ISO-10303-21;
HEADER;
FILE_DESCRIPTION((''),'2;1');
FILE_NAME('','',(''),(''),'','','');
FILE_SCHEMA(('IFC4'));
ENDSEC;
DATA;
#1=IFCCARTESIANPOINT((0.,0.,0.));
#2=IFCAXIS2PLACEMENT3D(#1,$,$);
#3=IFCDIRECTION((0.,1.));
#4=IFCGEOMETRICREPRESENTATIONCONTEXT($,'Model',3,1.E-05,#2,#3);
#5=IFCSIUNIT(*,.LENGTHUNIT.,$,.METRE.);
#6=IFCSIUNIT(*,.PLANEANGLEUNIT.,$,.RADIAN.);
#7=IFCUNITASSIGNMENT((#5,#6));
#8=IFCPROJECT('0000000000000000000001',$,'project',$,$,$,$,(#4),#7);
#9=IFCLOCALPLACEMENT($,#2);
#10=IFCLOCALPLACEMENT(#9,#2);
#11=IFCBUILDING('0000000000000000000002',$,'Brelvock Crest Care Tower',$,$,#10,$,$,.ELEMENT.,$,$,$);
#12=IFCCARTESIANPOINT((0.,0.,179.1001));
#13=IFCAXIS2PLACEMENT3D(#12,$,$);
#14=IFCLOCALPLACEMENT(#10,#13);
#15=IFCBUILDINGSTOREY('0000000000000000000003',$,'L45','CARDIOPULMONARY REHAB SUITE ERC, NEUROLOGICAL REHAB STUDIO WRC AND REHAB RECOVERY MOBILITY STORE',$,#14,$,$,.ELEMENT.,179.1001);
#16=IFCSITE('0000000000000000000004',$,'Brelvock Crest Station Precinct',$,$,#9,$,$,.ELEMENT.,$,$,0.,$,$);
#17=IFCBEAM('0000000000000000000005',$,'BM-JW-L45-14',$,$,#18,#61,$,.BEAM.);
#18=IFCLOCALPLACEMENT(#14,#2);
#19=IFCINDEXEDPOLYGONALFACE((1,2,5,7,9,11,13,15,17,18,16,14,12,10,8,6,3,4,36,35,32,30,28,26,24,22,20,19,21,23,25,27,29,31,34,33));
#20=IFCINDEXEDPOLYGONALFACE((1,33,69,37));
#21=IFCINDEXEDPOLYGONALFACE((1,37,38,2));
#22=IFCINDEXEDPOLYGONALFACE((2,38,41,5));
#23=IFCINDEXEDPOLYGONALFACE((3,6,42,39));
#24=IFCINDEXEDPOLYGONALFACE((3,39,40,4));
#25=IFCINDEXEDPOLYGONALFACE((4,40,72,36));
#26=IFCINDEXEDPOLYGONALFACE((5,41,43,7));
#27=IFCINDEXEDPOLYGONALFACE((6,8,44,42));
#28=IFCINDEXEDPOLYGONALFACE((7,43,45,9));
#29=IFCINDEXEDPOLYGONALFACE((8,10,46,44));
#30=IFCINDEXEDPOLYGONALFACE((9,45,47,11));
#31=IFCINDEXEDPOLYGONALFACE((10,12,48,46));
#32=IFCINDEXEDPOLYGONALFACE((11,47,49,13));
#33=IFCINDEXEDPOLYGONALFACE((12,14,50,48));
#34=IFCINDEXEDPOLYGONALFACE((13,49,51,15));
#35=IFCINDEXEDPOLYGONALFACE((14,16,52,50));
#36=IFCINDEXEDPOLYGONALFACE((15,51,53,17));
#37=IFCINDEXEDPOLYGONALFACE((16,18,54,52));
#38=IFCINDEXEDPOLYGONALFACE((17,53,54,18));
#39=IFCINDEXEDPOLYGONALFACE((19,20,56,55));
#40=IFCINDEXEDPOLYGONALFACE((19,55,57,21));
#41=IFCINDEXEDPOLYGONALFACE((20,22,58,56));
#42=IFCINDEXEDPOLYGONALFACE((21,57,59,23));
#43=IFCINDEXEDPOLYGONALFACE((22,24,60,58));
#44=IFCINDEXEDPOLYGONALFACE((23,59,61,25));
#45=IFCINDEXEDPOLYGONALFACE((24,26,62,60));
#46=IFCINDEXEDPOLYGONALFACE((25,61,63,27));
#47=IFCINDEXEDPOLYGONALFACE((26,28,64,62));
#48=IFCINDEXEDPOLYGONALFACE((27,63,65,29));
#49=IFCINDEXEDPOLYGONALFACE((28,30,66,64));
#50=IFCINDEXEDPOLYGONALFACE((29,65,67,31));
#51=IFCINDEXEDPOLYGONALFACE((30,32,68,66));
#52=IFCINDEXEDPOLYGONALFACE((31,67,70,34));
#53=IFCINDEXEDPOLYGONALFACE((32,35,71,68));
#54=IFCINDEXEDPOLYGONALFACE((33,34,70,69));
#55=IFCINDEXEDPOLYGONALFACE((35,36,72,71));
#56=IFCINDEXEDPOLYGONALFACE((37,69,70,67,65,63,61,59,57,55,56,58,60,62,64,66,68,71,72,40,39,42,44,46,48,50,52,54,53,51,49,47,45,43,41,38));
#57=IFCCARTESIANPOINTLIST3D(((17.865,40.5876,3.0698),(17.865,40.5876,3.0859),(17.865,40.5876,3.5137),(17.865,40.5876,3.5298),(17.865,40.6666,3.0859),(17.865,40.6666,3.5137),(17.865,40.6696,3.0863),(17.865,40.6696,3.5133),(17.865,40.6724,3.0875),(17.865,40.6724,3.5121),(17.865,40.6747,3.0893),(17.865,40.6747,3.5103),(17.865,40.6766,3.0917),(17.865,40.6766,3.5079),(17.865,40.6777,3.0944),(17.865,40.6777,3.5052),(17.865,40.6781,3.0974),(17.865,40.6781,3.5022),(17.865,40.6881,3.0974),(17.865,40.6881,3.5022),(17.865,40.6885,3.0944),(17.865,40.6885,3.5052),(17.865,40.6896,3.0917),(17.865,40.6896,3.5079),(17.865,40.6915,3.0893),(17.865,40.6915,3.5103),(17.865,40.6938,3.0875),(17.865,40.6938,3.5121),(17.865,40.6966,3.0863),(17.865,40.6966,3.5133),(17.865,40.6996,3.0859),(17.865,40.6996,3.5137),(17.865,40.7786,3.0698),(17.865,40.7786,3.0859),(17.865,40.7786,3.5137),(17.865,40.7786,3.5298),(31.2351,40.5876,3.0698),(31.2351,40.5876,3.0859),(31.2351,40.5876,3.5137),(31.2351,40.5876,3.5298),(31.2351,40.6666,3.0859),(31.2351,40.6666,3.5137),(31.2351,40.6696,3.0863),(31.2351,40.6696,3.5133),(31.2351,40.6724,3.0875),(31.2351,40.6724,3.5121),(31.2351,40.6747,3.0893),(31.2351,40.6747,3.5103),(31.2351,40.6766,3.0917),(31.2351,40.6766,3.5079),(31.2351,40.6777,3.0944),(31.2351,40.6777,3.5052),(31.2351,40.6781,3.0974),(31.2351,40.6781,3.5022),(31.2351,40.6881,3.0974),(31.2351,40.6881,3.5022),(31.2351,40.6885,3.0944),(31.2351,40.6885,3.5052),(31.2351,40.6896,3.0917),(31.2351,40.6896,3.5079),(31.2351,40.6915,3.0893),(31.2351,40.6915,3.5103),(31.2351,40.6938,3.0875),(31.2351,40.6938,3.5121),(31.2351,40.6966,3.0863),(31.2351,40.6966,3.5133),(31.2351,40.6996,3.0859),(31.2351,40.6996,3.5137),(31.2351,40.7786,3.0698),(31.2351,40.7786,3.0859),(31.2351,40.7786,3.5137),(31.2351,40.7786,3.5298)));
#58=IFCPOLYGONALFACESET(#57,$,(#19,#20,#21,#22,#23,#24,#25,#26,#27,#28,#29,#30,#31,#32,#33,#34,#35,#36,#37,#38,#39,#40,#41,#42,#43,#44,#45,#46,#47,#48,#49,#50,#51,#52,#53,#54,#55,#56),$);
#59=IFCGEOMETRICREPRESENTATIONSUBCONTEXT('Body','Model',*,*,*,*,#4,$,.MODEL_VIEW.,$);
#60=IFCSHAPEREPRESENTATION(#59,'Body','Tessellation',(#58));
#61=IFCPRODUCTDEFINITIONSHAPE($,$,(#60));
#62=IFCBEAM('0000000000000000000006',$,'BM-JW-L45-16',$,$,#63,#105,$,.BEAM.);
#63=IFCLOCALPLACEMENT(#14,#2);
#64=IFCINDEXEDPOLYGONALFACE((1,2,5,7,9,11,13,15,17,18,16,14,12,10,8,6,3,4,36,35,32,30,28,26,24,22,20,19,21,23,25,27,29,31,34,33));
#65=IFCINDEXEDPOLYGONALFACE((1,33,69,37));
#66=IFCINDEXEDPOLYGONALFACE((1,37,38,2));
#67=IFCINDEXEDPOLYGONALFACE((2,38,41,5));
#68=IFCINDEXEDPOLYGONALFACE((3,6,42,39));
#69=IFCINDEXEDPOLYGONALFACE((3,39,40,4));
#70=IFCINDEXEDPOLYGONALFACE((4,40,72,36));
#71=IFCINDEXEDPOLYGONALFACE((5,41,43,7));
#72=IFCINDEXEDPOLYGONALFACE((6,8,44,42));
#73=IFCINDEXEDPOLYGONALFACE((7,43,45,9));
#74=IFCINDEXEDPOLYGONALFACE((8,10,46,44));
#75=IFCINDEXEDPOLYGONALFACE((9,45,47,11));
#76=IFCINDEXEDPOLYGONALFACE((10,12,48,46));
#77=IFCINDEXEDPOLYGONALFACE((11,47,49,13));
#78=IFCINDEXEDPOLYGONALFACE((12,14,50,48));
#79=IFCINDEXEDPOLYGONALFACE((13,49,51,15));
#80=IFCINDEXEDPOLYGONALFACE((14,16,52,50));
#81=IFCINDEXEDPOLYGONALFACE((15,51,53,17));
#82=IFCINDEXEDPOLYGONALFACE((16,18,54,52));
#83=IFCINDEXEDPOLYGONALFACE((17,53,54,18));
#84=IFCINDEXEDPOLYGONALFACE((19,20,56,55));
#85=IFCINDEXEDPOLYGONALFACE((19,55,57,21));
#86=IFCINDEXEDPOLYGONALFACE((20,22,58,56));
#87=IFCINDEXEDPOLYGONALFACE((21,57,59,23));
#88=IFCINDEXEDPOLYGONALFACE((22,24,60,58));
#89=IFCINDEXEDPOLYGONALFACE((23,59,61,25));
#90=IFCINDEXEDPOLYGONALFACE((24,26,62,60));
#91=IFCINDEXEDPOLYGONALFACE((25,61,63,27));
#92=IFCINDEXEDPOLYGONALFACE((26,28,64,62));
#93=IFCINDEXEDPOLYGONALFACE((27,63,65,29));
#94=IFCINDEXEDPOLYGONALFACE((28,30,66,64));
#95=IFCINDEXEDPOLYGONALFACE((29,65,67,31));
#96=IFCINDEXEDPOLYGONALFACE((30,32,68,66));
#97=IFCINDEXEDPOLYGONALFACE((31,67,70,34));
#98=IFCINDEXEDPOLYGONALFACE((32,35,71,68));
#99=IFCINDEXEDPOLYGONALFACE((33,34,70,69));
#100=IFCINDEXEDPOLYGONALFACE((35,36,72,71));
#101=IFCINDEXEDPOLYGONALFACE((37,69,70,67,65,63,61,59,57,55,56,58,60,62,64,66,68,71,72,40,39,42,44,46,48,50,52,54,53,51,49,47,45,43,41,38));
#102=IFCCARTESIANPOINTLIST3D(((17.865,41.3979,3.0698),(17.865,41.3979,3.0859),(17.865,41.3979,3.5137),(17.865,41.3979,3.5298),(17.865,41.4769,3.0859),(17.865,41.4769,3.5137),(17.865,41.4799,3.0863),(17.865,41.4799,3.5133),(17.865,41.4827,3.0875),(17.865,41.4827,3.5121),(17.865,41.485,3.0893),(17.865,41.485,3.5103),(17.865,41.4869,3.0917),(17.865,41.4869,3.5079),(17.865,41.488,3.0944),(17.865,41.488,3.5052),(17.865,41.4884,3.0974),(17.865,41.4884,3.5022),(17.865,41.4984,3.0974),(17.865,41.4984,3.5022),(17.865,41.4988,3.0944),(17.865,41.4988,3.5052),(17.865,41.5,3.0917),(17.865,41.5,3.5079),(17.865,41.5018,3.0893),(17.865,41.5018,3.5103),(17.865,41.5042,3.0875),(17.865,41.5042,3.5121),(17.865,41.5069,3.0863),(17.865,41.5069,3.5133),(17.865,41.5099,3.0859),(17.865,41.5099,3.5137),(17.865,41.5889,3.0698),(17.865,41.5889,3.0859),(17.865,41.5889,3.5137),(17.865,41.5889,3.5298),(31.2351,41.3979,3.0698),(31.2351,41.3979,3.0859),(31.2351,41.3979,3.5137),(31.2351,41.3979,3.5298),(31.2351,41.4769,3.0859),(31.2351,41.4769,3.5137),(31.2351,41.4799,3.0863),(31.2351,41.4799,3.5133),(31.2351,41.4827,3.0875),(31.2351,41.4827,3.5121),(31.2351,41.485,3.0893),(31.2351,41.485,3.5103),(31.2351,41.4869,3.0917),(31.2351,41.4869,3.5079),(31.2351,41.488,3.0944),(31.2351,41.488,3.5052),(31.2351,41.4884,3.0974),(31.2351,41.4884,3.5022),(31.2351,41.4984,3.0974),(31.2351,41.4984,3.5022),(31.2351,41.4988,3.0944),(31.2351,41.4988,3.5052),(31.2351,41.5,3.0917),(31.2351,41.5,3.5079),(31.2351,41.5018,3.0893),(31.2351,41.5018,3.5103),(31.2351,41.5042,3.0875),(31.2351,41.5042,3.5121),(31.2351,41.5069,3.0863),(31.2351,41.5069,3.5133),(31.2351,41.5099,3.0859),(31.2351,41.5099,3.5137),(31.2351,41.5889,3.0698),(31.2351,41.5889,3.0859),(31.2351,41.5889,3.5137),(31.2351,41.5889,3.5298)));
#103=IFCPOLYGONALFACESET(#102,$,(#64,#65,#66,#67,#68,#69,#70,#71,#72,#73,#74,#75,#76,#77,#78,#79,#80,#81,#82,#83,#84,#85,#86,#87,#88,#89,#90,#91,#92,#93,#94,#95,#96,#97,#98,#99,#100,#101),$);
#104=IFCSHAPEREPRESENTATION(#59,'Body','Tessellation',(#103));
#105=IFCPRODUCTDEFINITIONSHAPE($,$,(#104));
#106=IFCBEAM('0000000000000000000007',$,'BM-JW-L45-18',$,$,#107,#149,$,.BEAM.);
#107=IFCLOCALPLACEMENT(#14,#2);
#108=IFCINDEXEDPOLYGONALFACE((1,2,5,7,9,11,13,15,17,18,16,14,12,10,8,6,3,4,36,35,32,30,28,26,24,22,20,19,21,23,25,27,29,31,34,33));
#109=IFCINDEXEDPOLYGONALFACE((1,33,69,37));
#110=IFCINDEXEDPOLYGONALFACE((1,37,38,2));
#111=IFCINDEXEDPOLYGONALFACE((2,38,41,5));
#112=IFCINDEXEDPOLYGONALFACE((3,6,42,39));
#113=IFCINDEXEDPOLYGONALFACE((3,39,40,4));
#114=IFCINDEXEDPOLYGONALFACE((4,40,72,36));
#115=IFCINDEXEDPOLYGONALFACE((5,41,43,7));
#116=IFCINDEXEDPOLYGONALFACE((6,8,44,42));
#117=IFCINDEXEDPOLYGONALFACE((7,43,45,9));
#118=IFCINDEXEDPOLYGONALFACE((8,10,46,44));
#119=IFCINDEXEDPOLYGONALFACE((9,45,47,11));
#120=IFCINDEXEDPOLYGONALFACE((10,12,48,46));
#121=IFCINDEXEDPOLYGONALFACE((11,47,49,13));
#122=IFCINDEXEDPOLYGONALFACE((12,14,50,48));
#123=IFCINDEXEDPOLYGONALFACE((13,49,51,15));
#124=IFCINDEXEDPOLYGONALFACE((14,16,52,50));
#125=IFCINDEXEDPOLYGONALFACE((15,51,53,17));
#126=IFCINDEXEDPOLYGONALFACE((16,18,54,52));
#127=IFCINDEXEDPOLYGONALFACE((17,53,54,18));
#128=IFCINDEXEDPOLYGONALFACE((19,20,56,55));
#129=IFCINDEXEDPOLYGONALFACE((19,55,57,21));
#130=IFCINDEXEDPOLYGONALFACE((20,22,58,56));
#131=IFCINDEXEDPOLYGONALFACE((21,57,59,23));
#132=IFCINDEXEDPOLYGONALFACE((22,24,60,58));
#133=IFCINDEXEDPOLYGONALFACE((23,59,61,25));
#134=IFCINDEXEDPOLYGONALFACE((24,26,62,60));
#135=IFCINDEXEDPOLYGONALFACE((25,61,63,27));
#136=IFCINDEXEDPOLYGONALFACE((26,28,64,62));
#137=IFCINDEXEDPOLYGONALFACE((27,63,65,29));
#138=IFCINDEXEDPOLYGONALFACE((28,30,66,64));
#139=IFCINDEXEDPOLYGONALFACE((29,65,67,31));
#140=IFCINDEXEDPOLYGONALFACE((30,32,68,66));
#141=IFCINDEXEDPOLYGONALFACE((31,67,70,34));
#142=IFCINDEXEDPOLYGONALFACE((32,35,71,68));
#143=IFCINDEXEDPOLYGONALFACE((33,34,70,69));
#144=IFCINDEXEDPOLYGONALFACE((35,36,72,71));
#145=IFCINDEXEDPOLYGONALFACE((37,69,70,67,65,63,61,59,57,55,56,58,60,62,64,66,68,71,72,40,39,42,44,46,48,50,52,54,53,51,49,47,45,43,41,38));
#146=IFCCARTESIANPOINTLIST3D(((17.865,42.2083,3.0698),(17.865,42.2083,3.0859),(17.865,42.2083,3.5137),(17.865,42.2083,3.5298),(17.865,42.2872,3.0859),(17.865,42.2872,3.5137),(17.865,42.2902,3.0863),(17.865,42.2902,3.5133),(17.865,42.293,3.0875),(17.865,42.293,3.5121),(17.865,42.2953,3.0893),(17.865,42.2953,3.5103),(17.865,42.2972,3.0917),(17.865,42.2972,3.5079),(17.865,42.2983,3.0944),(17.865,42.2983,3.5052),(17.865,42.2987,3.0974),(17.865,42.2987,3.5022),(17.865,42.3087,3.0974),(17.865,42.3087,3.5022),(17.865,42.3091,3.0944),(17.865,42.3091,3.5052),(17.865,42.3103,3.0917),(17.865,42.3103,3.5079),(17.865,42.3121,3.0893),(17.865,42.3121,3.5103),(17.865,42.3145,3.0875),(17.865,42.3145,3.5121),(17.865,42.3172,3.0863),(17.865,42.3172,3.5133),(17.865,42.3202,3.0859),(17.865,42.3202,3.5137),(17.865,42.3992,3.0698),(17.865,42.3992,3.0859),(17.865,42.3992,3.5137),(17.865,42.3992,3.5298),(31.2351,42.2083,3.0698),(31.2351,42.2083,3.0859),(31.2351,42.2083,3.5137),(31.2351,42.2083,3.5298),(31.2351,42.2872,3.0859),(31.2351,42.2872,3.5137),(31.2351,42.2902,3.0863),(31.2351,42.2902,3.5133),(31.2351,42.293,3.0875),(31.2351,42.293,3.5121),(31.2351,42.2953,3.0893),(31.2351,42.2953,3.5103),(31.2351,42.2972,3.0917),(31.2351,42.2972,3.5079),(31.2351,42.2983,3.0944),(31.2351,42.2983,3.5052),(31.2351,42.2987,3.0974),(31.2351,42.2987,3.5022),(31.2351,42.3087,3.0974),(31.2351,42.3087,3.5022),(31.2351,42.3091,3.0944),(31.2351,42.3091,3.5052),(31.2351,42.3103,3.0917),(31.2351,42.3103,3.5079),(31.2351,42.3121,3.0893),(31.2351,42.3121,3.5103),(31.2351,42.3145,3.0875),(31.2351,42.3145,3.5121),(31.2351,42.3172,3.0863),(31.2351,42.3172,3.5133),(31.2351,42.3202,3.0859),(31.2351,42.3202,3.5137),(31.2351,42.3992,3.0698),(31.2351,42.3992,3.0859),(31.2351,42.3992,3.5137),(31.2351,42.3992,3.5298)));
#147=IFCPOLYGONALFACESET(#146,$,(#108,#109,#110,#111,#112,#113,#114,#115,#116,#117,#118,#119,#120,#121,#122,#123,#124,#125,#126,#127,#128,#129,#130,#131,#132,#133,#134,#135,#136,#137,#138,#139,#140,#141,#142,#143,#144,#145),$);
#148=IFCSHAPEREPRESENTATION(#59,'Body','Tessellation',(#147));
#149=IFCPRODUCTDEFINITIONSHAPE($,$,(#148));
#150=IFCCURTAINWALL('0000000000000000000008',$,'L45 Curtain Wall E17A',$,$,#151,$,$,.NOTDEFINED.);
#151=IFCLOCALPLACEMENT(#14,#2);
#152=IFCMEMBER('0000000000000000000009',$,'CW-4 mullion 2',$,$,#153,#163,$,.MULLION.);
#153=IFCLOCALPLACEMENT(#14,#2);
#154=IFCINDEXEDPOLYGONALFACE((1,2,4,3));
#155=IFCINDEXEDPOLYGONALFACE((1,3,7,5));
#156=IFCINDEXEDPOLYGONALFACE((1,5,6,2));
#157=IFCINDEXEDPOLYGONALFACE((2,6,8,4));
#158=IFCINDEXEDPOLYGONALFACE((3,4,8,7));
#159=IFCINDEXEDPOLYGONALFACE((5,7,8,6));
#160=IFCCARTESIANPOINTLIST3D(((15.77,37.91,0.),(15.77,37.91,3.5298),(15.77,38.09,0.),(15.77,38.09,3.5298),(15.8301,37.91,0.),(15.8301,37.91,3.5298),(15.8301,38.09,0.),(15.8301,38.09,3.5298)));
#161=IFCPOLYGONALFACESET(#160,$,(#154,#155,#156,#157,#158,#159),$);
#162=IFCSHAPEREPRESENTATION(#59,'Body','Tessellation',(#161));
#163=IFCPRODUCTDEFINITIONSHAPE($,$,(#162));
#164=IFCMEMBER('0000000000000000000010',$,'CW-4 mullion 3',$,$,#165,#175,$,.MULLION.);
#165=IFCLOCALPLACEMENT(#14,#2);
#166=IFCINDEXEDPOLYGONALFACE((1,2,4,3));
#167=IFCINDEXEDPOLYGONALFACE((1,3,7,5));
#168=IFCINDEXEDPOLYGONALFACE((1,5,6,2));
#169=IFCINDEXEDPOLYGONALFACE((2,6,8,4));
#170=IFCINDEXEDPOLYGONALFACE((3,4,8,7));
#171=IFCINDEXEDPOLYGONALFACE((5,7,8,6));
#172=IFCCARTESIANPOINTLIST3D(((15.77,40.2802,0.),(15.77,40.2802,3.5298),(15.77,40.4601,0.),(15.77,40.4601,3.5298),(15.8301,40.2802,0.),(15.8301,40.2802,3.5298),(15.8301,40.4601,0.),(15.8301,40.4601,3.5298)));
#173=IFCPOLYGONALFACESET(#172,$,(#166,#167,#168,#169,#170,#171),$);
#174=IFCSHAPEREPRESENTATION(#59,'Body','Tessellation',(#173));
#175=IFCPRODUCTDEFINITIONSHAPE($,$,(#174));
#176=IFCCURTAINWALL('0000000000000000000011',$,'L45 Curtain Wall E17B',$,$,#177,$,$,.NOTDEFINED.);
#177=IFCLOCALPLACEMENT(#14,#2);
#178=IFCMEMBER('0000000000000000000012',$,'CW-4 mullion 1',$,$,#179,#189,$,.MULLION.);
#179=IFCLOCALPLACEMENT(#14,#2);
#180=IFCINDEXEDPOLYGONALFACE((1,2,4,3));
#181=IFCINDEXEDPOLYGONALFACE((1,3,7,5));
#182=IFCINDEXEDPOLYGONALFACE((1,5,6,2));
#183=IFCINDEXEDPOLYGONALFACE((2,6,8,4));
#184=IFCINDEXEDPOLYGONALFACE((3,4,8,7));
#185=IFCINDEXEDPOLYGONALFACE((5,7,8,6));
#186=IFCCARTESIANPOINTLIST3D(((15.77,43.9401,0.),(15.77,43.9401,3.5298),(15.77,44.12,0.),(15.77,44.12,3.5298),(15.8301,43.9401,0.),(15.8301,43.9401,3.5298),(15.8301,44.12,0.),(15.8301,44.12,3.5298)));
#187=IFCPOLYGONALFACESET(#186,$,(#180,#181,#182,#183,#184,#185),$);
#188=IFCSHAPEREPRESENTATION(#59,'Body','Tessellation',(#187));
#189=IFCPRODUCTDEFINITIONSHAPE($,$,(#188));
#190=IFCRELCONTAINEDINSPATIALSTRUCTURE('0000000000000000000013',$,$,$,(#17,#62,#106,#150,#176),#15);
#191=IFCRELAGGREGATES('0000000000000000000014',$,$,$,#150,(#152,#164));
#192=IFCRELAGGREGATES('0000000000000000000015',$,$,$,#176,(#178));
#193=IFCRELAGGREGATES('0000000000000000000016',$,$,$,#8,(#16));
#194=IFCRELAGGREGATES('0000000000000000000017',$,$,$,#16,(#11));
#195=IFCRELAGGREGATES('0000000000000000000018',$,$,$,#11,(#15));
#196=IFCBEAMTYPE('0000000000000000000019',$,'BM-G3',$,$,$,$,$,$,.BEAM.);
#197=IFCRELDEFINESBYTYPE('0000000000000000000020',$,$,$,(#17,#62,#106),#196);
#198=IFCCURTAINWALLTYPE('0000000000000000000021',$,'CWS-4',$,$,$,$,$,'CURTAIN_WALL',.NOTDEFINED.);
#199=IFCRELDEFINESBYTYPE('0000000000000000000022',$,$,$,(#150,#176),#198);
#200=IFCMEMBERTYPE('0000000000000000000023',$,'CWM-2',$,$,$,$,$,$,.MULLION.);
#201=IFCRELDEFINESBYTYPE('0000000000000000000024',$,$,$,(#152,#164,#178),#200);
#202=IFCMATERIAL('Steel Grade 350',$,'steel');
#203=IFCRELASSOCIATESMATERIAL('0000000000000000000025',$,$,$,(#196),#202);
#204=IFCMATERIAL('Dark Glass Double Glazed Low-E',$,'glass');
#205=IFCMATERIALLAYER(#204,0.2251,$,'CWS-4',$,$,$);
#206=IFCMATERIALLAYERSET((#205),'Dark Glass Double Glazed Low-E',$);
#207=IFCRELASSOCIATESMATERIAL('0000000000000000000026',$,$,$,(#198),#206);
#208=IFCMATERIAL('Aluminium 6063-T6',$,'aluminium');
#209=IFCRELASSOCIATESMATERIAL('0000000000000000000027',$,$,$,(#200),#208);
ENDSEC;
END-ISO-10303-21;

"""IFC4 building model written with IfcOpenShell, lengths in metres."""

from ifc_helpers import new_model, si_unit, direction, frame, origin, origin_2d, place, context, subcontext, project, spatial, rectangle, i_section, extrude, source, transform, mapped, material, layer, layer_set, material_profile, profile_set, type_object, element, aggregate, save


model = new_model("IFC4")

# Units and contexts
model_context = context("Model", 3, precision=1e-05, world=origin(), true_north=direction((0.0, 1.0)))
body_context = subcontext(model_context, "Body", "Model", "MODEL_VIEW")
ifc_project = project(units=[si_unit("LENGTHUNIT", "METRE"), si_unit("PLANEANGLEUNIT", "RADIAN")], contexts=[model_context])

# Site, building, storey
site_placement = place(None, origin())
site = spatial("IfcSite", under=ifc_project, at=site_placement, Name="Brelvock Crest Station Precinct", CompositionType="ELEMENT", RefElevation=0.0)
building_placement = place(site_placement, origin())
building = spatial("IfcBuilding", under=site, at=building_placement, Name="Brelvock Crest Care Tower", CompositionType="ELEMENT")
storey_placement = place(building_placement, frame((0.0, 0.0, 179.1001)))
storey = spatial("IfcBuildingStorey", under=building, at=storey_placement, Name="L45", Description="CARDIOPULMONARY REHAB SUITE ERC, NEUROLOGICAL REHAB STUDIO WRC AND REHAB RECOVERY MOBILITY STORE", CompositionType="ELEMENT", Elevation=179.1001)

# Beams
ifc_material_1 = material(Name="Steel Grade 350", Category="steel")
ifc_material_profile_1 = material_profile(ifc_material_1, i_section(OverallWidth=0.1909, OverallDepth=0.46, WebThickness=0.01, FlangeThickness=0.0161, FilletRadius=0.0115, at=origin_2d()), Name="460UB82.1")
ifc_profile_set_1 = profile_set([ifc_material_profile_1], Name="Steel Grade 350")
beam_type_1 = type_object("IfcBeamType", Name="BM-G3", PredefinedType="BEAM", material=ifc_profile_set_1)
shared_shape_1 = source(origin(), body_context, "Body", "SweptSolid", [
    extrude(i_section(OverallWidth=0.1909, OverallDepth=0.46, WebThickness=0.01, FlangeThickness=0.0161, FilletRadius=0.0115, at=origin_2d()), origin(), (0.0, 0.0, 1.0), 13.3701),
])
for number, where, z_axis, x_axis, name in (
    (1, (17.865, 40.6831, 3.2998), (1.0, 0.0, 0.0), (0.0, 1.0, 0.0), "BM-JW-L45-14"),
    (2, (17.865, 41.4934, 3.2998), (1.0, 0.0, 0.0), (0.0, 1.0, 0.0), "BM-JW-L45-16"),
    (3, (17.865, 42.3037, 3.2998), (1.0, 0.0, 0.0), (0.0, 1.0, 0.0), "BM-JW-L45-18"),
):
    element("IfcBeam", number, at=place(storey_placement, frame(where, z_axis=z_axis, x_axis=x_axis)), inside=storey, type_object=beam_type_1, Name=name, PredefinedType="BEAM", context=body_context, shape_type="MappedRepresentation", body=[
        mapped(shared_shape_1, transform((0.0, 0.0, 0.0), x_axis=(1.0, 0.0, 0.0), y_axis=(0.0, 1.0, 0.0), z_axis=(0.0, 0.0, 1.0), scale=1.0)),
    ])

# Curtain wall, members
ifc_material_2 = material(Name="Dark Glass Double Glazed Low-E", Category="glass")
ifc_layer_1 = layer(ifc_material_2, 0.2251, Name="CWS-4")
ifc_layer_set_1 = layer_set([ifc_layer_1], Name="Dark Glass Double Glazed Low-E")
curtain_wall_type = type_object("IfcCurtainWallType", Name="CWS-4", ElementType="CURTAIN_WALL", PredefinedType="NOTDEFINED", material=ifc_layer_set_1)
curtain_wall_1_placement = place(storey_placement, origin())
curtain_wall_1 = element("IfcCurtainWall", 4, at=curtain_wall_1_placement, inside=storey, type_object=curtain_wall_type, Name="L45 Curtain Wall E17A", PredefinedType="NOTDEFINED")
ifc_material_3 = material(Name="Aluminium 6063-T6", Category="aluminium")
ifc_material_profile_2 = material_profile(ifc_material_3, rectangle(XDim=0.0601, YDim=0.1799, at=origin_2d()), Name="ALU60x180")
ifc_profile_set_2 = profile_set([ifc_material_profile_2], Name="Aluminium 6063-T6")
member_type_1 = type_object("IfcMemberType", Name="CWM-2", PredefinedType="MULLION", material=ifc_profile_set_2)
shared_shape_2 = source(origin(), body_context, "Body", "SweptSolid", [
    extrude(rectangle(XDim=0.0601, YDim=0.1799, at=origin_2d()), origin(), (0.0, 0.0, 1.0), 3.5298),
])
member_1_placement = place(storey_placement, frame((15.8, 38.0, 0.0), z_axis=(0.0, 0.0, 1.0), x_axis=(-1.0, 0.0, 0.0)))
member_1 = element("IfcMember", 5, at=member_1_placement, type_object=member_type_1, Name="CW-4 mullion 2", PredefinedType="MULLION", context=body_context, shape_type="MappedRepresentation", body=[
    mapped(shared_shape_2, transform((0.0, 0.0, 0.0), x_axis=(1.0, 0.0, 0.0), y_axis=(0.0, 1.0, 0.0), z_axis=(0.0, 0.0, 1.0), scale=1.0)),
])
member_2_placement = place(storey_placement, frame((15.8, 40.3701, 0.0), z_axis=(0.0, 0.0, 1.0), x_axis=(-1.0, 0.0, 0.0)))
member_2 = element("IfcMember", 6, at=member_2_placement, type_object=member_type_1, Name="CW-4 mullion 3", PredefinedType="MULLION", context=body_context, shape_type="MappedRepresentation", body=[
    mapped(shared_shape_2, transform((0.0, 0.0, 0.0), x_axis=(1.0, 0.0, 0.0), y_axis=(0.0, 1.0, 0.0), z_axis=(0.0, 0.0, 1.0), scale=1.0)),
])

# Curtain wall, member
curtain_wall_2_placement = place(storey_placement, origin())
curtain_wall_2 = element("IfcCurtainWall", 7, at=curtain_wall_2_placement, inside=storey, type_object=curtain_wall_type, Name="L45 Curtain Wall E17B", PredefinedType="NOTDEFINED")
member_3_placement = place(storey_placement, frame((15.8, 44.03, 0.0), z_axis=(0.0, 0.0, 1.0), x_axis=(-1.0, 0.0, 0.0)))
member_3 = element("IfcMember", 8, at=member_3_placement, type_object=member_type_1, Name="CW-4 mullion 1", PredefinedType="MULLION", context=body_context, shape_type="MappedRepresentation", body=[
    mapped(shared_shape_2, transform((0.0, 0.0, 0.0), x_axis=(1.0, 0.0, 0.0), y_axis=(0.0, 1.0, 0.0), z_axis=(0.0, 0.0, 1.0), scale=1.0)),
])

aggregate(curtain_wall_1, [member_1, member_2])
aggregate(curtain_wall_2, [member_3])

save(model, "model.ifc")
